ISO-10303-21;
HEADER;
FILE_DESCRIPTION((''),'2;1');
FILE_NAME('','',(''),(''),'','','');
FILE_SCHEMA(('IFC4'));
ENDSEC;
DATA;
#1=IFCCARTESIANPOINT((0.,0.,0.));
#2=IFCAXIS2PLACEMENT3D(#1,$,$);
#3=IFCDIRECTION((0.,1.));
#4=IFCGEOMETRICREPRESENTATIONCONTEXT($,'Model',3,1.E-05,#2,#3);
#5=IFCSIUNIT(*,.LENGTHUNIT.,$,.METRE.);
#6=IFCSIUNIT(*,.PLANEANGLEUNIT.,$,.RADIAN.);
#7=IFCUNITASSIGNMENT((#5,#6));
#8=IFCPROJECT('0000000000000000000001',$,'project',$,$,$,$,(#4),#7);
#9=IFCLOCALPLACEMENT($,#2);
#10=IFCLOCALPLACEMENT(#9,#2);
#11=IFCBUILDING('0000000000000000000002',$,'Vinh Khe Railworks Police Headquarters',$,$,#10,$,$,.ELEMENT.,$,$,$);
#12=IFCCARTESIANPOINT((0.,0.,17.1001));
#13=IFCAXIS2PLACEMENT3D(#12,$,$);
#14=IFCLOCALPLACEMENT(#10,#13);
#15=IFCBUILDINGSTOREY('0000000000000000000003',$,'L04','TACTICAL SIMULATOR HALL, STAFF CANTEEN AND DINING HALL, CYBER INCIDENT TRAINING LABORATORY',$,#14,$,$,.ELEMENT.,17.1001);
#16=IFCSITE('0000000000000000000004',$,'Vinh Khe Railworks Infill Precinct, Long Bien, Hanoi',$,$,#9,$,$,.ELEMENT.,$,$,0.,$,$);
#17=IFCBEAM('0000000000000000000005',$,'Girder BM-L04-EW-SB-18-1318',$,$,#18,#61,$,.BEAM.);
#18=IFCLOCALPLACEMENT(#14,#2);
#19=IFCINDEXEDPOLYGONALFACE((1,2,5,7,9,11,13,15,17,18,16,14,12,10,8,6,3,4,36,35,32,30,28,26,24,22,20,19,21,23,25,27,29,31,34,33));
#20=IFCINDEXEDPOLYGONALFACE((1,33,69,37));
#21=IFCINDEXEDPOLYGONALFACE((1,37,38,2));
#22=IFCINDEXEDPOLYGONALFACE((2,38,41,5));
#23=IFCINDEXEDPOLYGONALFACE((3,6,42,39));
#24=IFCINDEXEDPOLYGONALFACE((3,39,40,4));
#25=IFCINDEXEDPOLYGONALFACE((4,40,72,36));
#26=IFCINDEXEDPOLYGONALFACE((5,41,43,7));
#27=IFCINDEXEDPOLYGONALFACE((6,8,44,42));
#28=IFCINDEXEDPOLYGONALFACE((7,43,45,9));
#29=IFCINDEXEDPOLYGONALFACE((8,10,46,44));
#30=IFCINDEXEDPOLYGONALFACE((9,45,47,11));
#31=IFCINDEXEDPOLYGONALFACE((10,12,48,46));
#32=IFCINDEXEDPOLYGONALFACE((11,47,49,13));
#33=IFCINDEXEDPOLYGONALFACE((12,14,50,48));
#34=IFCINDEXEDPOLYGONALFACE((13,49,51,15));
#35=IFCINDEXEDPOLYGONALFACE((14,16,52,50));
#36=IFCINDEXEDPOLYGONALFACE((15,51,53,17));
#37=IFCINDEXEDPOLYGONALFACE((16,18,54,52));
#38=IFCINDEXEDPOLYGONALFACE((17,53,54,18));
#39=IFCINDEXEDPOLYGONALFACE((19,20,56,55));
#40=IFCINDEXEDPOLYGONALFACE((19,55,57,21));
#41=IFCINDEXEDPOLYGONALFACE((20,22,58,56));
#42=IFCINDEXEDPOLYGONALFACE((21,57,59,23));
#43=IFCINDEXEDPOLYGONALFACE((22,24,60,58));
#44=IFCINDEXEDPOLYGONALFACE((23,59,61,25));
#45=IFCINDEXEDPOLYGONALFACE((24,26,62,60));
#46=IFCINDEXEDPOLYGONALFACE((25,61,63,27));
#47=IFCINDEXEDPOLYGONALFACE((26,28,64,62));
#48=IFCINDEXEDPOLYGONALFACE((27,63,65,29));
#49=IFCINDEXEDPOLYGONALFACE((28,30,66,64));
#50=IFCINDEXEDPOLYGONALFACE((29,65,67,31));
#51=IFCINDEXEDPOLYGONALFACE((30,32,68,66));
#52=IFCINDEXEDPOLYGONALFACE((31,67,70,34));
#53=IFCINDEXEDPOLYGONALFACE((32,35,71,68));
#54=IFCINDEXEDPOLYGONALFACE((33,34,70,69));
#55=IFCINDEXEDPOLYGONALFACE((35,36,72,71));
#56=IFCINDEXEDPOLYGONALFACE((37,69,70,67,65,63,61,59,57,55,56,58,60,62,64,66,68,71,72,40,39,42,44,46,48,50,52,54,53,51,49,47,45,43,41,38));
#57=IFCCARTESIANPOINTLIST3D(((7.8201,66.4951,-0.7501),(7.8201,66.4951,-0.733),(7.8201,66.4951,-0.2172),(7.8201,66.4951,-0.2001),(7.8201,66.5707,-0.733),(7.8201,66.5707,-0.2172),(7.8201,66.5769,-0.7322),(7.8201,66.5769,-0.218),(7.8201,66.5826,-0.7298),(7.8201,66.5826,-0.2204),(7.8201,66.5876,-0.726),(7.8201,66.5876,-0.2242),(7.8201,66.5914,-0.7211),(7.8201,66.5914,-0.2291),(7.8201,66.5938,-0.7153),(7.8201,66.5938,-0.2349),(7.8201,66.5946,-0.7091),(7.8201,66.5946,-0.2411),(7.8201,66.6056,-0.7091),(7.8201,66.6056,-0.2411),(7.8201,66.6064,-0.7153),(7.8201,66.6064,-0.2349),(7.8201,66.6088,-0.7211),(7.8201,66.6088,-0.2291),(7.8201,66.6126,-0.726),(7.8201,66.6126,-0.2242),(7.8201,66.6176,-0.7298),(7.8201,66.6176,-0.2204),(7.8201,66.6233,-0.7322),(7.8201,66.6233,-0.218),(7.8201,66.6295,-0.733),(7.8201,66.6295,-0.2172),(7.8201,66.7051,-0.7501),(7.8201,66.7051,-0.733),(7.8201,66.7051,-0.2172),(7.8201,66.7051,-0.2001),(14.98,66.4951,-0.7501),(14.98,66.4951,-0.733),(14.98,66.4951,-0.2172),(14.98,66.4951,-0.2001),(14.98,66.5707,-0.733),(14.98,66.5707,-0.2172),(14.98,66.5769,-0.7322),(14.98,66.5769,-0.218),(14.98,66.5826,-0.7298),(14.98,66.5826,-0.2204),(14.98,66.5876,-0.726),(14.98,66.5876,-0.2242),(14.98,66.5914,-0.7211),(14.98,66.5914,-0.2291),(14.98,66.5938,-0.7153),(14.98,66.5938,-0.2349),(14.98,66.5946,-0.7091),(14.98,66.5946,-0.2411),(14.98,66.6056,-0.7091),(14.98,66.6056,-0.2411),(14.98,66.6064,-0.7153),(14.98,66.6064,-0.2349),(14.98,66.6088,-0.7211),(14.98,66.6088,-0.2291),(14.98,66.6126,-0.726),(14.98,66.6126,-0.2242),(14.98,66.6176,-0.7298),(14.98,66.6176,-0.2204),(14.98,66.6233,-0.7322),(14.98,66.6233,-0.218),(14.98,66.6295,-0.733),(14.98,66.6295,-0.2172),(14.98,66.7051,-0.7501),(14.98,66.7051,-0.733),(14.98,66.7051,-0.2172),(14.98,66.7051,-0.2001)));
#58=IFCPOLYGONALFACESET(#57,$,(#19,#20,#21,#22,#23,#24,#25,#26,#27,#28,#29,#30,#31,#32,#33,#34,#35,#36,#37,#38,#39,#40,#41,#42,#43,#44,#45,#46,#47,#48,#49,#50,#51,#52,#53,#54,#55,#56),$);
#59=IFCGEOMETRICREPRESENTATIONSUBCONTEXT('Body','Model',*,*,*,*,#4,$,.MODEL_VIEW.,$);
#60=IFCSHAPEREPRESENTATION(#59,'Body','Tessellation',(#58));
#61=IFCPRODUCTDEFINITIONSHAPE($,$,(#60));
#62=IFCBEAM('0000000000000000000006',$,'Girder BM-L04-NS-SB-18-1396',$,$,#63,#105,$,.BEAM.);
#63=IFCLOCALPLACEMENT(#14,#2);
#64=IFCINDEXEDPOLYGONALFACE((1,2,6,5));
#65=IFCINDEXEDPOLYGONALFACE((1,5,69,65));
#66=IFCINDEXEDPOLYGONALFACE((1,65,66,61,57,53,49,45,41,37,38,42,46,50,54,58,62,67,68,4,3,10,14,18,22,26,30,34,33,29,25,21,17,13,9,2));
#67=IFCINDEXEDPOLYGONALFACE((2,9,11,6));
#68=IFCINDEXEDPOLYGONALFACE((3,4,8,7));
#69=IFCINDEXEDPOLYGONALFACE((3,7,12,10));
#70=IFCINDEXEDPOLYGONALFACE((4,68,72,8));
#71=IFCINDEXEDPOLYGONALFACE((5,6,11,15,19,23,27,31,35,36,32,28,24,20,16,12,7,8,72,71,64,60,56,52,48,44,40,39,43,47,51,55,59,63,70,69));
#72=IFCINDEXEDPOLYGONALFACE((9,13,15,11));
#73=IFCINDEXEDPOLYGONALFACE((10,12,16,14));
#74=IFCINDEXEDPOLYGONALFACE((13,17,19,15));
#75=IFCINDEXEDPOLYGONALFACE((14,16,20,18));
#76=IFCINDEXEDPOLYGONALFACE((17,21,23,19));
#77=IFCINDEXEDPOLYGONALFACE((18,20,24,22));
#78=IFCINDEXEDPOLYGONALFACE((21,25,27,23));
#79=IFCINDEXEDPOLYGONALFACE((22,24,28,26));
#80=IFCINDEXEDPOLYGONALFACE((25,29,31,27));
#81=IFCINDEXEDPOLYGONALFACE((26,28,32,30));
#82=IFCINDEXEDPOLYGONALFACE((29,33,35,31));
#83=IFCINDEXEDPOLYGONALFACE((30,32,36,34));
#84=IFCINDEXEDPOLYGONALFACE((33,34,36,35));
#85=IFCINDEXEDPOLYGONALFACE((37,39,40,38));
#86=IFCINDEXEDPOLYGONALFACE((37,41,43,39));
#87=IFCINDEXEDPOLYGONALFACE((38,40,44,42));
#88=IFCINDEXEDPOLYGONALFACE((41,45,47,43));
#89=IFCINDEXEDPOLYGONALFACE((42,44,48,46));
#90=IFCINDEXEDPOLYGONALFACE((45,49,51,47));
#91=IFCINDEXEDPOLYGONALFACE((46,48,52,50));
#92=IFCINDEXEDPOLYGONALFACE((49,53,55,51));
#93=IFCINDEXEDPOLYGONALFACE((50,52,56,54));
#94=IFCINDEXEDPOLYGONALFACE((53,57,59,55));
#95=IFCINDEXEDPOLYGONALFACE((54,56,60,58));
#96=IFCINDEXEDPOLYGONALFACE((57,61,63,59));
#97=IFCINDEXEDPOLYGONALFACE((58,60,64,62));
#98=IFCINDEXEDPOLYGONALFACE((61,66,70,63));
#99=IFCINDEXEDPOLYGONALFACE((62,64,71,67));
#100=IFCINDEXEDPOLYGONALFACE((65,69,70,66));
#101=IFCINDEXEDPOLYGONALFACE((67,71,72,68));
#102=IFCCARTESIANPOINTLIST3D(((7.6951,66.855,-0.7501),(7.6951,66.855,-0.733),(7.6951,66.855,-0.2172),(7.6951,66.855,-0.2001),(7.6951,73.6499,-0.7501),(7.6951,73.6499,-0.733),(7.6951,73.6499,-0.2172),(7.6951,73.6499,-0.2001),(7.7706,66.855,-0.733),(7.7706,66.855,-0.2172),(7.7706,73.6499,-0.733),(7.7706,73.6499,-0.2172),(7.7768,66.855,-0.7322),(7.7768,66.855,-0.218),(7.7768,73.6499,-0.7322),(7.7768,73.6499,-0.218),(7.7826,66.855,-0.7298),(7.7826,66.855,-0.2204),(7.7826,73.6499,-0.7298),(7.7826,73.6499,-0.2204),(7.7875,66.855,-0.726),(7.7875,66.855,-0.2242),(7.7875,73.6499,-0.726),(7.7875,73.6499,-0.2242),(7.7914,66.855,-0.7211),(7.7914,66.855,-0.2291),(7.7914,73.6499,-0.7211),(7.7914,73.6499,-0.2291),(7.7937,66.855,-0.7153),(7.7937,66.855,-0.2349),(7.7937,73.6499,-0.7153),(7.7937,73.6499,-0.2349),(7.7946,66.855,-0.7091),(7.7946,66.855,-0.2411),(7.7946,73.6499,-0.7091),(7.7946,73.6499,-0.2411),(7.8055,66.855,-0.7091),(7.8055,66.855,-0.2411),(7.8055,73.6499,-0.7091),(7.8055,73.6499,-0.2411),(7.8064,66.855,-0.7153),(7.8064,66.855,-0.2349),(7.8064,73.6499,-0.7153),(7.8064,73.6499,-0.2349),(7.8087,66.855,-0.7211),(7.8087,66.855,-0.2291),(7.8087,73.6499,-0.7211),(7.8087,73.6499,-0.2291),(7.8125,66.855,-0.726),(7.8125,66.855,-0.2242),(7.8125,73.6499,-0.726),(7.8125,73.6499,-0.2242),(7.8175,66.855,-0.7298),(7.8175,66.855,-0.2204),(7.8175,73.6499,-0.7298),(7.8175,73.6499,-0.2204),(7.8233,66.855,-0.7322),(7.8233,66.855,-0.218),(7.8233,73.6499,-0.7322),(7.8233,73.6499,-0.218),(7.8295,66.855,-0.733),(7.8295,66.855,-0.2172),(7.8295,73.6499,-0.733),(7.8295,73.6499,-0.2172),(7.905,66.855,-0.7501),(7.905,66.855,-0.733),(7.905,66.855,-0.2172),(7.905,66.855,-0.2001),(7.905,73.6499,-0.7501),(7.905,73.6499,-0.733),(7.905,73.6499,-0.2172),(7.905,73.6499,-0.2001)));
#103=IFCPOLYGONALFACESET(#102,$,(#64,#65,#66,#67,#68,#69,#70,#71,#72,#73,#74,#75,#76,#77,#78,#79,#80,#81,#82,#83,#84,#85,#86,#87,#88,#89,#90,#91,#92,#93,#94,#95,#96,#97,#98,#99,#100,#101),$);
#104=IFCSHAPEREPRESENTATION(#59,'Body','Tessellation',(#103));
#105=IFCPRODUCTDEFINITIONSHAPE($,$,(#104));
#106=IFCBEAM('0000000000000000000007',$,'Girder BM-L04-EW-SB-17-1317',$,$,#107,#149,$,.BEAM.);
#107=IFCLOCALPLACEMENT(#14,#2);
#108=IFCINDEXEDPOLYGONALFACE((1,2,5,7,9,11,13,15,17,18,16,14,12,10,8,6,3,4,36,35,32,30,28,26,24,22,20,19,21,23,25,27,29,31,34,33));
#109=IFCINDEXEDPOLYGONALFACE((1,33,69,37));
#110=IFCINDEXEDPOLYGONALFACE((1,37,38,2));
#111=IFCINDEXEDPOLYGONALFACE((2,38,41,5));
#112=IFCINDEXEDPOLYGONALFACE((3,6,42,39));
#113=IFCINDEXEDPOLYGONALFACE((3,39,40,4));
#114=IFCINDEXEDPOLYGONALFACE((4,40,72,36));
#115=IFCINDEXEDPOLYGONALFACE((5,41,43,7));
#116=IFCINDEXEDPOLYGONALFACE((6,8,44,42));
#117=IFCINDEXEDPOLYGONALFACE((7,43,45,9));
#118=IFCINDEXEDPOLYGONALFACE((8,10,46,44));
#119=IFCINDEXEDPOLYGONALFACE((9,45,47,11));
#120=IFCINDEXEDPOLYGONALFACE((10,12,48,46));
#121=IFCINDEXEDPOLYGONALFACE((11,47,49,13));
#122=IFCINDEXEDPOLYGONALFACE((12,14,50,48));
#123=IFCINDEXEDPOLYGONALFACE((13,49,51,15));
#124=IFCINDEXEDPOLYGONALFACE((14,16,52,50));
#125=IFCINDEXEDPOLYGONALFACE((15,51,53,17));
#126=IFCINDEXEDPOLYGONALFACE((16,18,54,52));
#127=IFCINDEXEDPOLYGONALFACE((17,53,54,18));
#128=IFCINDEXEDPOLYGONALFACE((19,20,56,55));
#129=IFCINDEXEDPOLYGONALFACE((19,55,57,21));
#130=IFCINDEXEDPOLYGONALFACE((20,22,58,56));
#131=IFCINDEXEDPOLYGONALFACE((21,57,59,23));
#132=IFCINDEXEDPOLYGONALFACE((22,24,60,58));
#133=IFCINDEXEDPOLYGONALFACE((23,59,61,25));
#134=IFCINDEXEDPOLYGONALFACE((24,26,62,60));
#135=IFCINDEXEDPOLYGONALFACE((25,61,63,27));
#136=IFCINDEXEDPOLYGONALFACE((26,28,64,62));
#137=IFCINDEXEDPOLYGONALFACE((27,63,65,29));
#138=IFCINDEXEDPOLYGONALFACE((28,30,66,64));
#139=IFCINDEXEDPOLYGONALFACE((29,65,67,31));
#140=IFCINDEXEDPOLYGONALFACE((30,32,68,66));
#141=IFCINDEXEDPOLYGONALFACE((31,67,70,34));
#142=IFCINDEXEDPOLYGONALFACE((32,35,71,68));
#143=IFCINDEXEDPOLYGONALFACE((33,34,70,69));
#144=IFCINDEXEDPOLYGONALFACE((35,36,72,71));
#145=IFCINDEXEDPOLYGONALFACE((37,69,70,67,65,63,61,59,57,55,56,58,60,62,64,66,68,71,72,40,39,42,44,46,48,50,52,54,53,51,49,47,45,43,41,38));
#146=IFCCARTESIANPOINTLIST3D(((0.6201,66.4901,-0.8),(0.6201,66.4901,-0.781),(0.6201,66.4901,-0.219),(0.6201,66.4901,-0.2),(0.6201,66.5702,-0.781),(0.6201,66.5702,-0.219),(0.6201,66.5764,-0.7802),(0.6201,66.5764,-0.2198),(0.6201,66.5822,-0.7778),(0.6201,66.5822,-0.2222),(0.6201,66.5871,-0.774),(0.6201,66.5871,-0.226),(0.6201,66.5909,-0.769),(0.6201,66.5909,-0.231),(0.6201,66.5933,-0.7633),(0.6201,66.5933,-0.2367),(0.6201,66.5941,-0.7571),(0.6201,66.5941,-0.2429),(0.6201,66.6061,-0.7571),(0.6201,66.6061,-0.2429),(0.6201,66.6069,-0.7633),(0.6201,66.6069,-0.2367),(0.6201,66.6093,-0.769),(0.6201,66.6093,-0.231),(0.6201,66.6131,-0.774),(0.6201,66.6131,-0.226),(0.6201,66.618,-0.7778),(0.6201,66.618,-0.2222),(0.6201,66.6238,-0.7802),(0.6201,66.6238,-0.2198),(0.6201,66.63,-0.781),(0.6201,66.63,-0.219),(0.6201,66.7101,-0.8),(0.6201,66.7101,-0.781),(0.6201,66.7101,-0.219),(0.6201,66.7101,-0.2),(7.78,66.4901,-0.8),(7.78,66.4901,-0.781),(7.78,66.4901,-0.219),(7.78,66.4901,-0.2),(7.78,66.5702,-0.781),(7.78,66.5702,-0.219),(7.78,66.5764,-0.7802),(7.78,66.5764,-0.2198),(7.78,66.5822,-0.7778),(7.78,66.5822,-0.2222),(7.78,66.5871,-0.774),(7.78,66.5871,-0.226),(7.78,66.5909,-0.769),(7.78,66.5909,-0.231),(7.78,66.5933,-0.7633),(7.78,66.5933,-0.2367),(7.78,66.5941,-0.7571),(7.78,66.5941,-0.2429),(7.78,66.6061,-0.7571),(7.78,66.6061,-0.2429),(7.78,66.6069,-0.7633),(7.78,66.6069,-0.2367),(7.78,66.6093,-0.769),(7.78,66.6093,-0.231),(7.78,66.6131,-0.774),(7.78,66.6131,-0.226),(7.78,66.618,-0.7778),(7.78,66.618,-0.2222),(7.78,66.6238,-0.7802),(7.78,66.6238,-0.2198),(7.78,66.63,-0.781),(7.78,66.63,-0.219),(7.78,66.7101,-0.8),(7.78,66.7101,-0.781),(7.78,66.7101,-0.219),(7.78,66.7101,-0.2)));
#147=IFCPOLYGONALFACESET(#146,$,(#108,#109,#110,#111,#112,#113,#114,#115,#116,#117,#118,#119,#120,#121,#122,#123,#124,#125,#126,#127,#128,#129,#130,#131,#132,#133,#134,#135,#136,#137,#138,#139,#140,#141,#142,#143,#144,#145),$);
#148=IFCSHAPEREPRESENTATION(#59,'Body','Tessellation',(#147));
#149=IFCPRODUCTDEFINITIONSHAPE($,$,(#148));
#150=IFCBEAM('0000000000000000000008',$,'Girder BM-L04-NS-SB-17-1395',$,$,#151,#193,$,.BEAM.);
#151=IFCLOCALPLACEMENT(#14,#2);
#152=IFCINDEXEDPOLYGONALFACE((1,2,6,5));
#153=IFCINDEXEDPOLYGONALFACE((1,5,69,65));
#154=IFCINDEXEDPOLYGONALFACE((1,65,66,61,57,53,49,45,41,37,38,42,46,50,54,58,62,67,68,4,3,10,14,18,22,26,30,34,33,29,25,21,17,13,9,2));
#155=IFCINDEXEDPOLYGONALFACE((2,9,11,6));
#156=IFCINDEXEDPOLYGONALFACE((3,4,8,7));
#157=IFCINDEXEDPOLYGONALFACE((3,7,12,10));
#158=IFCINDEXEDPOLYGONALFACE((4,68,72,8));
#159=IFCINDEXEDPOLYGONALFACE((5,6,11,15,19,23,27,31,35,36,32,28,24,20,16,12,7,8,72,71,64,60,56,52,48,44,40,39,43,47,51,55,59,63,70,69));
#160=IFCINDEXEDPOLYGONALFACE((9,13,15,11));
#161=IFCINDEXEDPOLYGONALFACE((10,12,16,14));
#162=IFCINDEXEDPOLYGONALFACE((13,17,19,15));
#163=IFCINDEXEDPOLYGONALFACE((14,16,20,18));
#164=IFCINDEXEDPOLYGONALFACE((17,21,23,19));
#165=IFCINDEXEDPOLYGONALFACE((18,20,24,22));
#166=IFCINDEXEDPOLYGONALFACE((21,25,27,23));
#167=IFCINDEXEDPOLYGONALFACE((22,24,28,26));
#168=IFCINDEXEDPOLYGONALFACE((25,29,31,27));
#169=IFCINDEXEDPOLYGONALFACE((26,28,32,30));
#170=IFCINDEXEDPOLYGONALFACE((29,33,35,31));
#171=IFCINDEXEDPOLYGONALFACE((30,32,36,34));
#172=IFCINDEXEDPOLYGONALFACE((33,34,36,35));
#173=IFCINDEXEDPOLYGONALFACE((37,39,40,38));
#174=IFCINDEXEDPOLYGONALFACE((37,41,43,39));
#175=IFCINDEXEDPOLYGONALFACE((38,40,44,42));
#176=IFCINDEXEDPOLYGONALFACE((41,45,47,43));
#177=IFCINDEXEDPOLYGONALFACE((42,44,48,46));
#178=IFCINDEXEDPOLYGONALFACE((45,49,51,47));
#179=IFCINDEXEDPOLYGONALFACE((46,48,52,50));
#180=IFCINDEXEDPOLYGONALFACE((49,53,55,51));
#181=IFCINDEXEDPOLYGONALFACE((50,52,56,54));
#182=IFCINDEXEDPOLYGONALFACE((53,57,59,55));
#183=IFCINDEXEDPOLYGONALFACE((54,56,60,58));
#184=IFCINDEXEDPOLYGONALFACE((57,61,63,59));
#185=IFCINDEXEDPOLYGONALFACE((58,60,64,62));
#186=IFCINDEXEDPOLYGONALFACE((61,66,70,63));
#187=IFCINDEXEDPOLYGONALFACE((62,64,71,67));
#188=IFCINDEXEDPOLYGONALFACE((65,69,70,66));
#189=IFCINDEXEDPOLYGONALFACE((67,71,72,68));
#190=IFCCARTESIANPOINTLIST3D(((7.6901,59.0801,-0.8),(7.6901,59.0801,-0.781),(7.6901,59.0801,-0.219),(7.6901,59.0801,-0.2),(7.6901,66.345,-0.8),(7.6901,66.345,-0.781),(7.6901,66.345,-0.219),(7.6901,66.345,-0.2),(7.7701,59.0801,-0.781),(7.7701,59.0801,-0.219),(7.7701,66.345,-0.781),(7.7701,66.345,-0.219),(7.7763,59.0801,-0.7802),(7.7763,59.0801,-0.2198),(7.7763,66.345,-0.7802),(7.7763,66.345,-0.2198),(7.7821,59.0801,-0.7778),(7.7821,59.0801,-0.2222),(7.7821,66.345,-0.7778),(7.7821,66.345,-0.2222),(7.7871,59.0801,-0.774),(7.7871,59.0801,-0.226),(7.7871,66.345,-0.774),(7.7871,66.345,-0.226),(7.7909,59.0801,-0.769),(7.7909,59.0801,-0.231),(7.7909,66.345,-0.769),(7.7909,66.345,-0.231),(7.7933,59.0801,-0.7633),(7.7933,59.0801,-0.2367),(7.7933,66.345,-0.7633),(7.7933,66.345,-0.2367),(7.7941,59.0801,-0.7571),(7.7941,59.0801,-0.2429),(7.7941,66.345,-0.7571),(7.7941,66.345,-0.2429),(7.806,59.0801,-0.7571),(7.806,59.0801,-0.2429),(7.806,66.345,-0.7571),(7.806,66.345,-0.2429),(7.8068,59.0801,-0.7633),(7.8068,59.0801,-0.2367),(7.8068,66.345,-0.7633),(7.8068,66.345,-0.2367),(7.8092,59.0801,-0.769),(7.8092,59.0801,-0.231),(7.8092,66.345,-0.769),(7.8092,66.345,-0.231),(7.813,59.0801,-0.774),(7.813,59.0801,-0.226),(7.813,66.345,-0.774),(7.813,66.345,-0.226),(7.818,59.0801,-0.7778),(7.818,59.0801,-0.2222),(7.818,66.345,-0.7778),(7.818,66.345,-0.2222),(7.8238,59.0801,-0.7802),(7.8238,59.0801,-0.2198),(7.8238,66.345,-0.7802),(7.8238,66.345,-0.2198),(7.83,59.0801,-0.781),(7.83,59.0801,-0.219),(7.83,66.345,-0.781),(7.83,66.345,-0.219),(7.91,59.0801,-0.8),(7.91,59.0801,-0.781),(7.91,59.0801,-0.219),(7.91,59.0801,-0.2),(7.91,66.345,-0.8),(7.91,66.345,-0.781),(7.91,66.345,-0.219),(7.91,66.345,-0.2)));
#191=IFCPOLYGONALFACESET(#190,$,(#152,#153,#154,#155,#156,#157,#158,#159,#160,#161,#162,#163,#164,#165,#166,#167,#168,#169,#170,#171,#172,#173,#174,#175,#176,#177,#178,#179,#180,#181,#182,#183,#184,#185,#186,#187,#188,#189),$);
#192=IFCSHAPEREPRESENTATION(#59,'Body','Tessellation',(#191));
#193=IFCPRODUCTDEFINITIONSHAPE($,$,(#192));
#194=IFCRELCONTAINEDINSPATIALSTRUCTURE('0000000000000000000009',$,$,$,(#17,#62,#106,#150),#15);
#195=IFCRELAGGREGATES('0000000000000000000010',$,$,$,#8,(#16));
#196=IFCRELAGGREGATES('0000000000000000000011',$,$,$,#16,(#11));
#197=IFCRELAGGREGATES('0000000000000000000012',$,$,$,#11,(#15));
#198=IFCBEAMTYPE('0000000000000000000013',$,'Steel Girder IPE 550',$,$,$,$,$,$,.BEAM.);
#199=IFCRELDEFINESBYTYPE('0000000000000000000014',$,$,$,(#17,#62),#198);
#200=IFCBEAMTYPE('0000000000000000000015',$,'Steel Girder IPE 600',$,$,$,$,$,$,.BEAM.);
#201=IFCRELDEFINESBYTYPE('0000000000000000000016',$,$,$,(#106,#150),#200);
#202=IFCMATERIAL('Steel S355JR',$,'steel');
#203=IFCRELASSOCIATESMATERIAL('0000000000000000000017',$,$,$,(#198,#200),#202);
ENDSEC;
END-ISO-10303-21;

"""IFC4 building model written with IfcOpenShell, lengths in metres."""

from ifc_helpers import new_model, si_unit, direction, frame, origin, origin_2d, place, context, subcontext, project, spatial, i_section, extrude, material, material_profile, profile_set, type_object, element, save


model = new_model("IFC4")

# Units and contexts
model_context = context("Model", 3, precision=1e-05, world=origin(), true_north=direction((0.0, 1.0)))
body_context = subcontext(model_context, "Body", "Model", "MODEL_VIEW")
ifc_project = project(units=[si_unit("LENGTHUNIT", "METRE"), si_unit("PLANEANGLEUNIT", "RADIAN")], contexts=[model_context])

# Site, building, storey
site_placement = place(None, origin())
site = spatial("IfcSite", under=ifc_project, at=site_placement, Name="Vinh Khe Railworks Infill Precinct, Long Bien, Hanoi", CompositionType="ELEMENT", RefElevation=0.0)
building_placement = place(site_placement, origin())
building = spatial("IfcBuilding", under=site, at=building_placement, Name="Vinh Khe Railworks Police Headquarters", CompositionType="ELEMENT")
storey_placement = place(building_placement, frame((0.0, 0.0, 17.1001)))
storey = spatial("IfcBuildingStorey", under=building, at=storey_placement, Name="L04", Description="TACTICAL SIMULATOR HALL, STAFF CANTEEN AND DINING HALL, CYBER INCIDENT TRAINING LABORATORY", CompositionType="ELEMENT", Elevation=17.1001)

# Shared definitions
ifc_material_1 = material(Name="Steel S355JR", Category="steel")

# Beams
ifc_material_profile_1 = material_profile(ifc_material_1, i_section(OverallWidth=0.21, OverallDepth=0.55, WebThickness=0.011, FlangeThickness=0.0171, FilletRadius=0.0239, at=origin_2d()), Name="IPE 550")
ifc_profile_set_1 = profile_set([ifc_material_profile_1], Name="Steel S355JR")
beam_type_1 = type_object("IfcBeamType", Name="Steel Girder IPE 550", PredefinedType="BEAM", material=ifc_profile_set_1)
beam_1_placement = place(storey_placement, frame((7.8201, 66.6001, -0.4751), z_axis=(1.0, 0.0, 0.0), x_axis=(0.0, 1.0, 0.0)))
element("IfcBeam", 1, at=beam_1_placement, inside=storey, type_object=beam_type_1, Name="Girder BM-L04-EW-SB-18-1318", PredefinedType="BEAM", context=body_context, shape_type="SweptSolid", body=[
    extrude(i_section(OverallWidth=0.21, OverallDepth=0.55, WebThickness=0.011, FlangeThickness=0.0171, FilletRadius=0.0239, at=origin_2d()), origin(), (0.0, 0.0, 1.0), 7.1599),
])
beam_2_placement = place(storey_placement, frame((7.8, 66.855, -0.4751), z_axis=(0.0, 1.0, 0.0), x_axis=(-1.0, 0.0, 0.0)))
element("IfcBeam", 2, at=beam_2_placement, inside=storey, type_object=beam_type_1, Name="Girder BM-L04-NS-SB-18-1396", PredefinedType="BEAM", context=body_context, shape_type="SweptSolid", body=[
    extrude(i_section(OverallWidth=0.21, OverallDepth=0.55, WebThickness=0.011, FlangeThickness=0.0171, FilletRadius=0.0239, at=origin_2d()), origin(), (0.0, 0.0, 1.0), 6.7949),
])
ifc_material_profile_2 = material_profile(ifc_material_1, i_section(OverallWidth=0.22, OverallDepth=0.6001, WebThickness=0.012, FlangeThickness=0.019, FilletRadius=0.0239, at=origin_2d()), Name="IPE 600")
ifc_profile_set_2 = profile_set([ifc_material_profile_2], Name="Steel S355JR")
beam_type_2 = type_object("IfcBeamType", Name="Steel Girder IPE 600", PredefinedType="BEAM", material=ifc_profile_set_2)
beam_3_placement = place(storey_placement, frame((0.6201, 66.6001, -0.5), z_axis=(1.0, 0.0, 0.0), x_axis=(0.0, 1.0, 0.0)))
element("IfcBeam", 3, at=beam_3_placement, inside=storey, type_object=beam_type_2, Name="Girder BM-L04-EW-SB-17-1317", PredefinedType="BEAM", context=body_context, shape_type="SweptSolid", body=[
    extrude(i_section(OverallWidth=0.22, OverallDepth=0.6001, WebThickness=0.012, FlangeThickness=0.019, FilletRadius=0.0239, at=origin_2d()), origin(), (0.0, 0.0, 1.0), 7.1599),
])
beam_4_placement = place(storey_placement, frame((7.8, 59.0801, -0.5), z_axis=(0.0, 1.0, 0.0), x_axis=(-1.0, 0.0, 0.0)))
element("IfcBeam", 4, at=beam_4_placement, inside=storey, type_object=beam_type_2, Name="Girder BM-L04-NS-SB-17-1395", PredefinedType="BEAM", context=body_context, shape_type="SweptSolid", body=[
    extrude(i_section(OverallWidth=0.22, OverallDepth=0.6001, WebThickness=0.012, FlangeThickness=0.019, FilletRadius=0.0239, at=origin_2d()), origin(), (0.0, 0.0, 1.0), 7.2649),
])

save(model, "model.ifc")
